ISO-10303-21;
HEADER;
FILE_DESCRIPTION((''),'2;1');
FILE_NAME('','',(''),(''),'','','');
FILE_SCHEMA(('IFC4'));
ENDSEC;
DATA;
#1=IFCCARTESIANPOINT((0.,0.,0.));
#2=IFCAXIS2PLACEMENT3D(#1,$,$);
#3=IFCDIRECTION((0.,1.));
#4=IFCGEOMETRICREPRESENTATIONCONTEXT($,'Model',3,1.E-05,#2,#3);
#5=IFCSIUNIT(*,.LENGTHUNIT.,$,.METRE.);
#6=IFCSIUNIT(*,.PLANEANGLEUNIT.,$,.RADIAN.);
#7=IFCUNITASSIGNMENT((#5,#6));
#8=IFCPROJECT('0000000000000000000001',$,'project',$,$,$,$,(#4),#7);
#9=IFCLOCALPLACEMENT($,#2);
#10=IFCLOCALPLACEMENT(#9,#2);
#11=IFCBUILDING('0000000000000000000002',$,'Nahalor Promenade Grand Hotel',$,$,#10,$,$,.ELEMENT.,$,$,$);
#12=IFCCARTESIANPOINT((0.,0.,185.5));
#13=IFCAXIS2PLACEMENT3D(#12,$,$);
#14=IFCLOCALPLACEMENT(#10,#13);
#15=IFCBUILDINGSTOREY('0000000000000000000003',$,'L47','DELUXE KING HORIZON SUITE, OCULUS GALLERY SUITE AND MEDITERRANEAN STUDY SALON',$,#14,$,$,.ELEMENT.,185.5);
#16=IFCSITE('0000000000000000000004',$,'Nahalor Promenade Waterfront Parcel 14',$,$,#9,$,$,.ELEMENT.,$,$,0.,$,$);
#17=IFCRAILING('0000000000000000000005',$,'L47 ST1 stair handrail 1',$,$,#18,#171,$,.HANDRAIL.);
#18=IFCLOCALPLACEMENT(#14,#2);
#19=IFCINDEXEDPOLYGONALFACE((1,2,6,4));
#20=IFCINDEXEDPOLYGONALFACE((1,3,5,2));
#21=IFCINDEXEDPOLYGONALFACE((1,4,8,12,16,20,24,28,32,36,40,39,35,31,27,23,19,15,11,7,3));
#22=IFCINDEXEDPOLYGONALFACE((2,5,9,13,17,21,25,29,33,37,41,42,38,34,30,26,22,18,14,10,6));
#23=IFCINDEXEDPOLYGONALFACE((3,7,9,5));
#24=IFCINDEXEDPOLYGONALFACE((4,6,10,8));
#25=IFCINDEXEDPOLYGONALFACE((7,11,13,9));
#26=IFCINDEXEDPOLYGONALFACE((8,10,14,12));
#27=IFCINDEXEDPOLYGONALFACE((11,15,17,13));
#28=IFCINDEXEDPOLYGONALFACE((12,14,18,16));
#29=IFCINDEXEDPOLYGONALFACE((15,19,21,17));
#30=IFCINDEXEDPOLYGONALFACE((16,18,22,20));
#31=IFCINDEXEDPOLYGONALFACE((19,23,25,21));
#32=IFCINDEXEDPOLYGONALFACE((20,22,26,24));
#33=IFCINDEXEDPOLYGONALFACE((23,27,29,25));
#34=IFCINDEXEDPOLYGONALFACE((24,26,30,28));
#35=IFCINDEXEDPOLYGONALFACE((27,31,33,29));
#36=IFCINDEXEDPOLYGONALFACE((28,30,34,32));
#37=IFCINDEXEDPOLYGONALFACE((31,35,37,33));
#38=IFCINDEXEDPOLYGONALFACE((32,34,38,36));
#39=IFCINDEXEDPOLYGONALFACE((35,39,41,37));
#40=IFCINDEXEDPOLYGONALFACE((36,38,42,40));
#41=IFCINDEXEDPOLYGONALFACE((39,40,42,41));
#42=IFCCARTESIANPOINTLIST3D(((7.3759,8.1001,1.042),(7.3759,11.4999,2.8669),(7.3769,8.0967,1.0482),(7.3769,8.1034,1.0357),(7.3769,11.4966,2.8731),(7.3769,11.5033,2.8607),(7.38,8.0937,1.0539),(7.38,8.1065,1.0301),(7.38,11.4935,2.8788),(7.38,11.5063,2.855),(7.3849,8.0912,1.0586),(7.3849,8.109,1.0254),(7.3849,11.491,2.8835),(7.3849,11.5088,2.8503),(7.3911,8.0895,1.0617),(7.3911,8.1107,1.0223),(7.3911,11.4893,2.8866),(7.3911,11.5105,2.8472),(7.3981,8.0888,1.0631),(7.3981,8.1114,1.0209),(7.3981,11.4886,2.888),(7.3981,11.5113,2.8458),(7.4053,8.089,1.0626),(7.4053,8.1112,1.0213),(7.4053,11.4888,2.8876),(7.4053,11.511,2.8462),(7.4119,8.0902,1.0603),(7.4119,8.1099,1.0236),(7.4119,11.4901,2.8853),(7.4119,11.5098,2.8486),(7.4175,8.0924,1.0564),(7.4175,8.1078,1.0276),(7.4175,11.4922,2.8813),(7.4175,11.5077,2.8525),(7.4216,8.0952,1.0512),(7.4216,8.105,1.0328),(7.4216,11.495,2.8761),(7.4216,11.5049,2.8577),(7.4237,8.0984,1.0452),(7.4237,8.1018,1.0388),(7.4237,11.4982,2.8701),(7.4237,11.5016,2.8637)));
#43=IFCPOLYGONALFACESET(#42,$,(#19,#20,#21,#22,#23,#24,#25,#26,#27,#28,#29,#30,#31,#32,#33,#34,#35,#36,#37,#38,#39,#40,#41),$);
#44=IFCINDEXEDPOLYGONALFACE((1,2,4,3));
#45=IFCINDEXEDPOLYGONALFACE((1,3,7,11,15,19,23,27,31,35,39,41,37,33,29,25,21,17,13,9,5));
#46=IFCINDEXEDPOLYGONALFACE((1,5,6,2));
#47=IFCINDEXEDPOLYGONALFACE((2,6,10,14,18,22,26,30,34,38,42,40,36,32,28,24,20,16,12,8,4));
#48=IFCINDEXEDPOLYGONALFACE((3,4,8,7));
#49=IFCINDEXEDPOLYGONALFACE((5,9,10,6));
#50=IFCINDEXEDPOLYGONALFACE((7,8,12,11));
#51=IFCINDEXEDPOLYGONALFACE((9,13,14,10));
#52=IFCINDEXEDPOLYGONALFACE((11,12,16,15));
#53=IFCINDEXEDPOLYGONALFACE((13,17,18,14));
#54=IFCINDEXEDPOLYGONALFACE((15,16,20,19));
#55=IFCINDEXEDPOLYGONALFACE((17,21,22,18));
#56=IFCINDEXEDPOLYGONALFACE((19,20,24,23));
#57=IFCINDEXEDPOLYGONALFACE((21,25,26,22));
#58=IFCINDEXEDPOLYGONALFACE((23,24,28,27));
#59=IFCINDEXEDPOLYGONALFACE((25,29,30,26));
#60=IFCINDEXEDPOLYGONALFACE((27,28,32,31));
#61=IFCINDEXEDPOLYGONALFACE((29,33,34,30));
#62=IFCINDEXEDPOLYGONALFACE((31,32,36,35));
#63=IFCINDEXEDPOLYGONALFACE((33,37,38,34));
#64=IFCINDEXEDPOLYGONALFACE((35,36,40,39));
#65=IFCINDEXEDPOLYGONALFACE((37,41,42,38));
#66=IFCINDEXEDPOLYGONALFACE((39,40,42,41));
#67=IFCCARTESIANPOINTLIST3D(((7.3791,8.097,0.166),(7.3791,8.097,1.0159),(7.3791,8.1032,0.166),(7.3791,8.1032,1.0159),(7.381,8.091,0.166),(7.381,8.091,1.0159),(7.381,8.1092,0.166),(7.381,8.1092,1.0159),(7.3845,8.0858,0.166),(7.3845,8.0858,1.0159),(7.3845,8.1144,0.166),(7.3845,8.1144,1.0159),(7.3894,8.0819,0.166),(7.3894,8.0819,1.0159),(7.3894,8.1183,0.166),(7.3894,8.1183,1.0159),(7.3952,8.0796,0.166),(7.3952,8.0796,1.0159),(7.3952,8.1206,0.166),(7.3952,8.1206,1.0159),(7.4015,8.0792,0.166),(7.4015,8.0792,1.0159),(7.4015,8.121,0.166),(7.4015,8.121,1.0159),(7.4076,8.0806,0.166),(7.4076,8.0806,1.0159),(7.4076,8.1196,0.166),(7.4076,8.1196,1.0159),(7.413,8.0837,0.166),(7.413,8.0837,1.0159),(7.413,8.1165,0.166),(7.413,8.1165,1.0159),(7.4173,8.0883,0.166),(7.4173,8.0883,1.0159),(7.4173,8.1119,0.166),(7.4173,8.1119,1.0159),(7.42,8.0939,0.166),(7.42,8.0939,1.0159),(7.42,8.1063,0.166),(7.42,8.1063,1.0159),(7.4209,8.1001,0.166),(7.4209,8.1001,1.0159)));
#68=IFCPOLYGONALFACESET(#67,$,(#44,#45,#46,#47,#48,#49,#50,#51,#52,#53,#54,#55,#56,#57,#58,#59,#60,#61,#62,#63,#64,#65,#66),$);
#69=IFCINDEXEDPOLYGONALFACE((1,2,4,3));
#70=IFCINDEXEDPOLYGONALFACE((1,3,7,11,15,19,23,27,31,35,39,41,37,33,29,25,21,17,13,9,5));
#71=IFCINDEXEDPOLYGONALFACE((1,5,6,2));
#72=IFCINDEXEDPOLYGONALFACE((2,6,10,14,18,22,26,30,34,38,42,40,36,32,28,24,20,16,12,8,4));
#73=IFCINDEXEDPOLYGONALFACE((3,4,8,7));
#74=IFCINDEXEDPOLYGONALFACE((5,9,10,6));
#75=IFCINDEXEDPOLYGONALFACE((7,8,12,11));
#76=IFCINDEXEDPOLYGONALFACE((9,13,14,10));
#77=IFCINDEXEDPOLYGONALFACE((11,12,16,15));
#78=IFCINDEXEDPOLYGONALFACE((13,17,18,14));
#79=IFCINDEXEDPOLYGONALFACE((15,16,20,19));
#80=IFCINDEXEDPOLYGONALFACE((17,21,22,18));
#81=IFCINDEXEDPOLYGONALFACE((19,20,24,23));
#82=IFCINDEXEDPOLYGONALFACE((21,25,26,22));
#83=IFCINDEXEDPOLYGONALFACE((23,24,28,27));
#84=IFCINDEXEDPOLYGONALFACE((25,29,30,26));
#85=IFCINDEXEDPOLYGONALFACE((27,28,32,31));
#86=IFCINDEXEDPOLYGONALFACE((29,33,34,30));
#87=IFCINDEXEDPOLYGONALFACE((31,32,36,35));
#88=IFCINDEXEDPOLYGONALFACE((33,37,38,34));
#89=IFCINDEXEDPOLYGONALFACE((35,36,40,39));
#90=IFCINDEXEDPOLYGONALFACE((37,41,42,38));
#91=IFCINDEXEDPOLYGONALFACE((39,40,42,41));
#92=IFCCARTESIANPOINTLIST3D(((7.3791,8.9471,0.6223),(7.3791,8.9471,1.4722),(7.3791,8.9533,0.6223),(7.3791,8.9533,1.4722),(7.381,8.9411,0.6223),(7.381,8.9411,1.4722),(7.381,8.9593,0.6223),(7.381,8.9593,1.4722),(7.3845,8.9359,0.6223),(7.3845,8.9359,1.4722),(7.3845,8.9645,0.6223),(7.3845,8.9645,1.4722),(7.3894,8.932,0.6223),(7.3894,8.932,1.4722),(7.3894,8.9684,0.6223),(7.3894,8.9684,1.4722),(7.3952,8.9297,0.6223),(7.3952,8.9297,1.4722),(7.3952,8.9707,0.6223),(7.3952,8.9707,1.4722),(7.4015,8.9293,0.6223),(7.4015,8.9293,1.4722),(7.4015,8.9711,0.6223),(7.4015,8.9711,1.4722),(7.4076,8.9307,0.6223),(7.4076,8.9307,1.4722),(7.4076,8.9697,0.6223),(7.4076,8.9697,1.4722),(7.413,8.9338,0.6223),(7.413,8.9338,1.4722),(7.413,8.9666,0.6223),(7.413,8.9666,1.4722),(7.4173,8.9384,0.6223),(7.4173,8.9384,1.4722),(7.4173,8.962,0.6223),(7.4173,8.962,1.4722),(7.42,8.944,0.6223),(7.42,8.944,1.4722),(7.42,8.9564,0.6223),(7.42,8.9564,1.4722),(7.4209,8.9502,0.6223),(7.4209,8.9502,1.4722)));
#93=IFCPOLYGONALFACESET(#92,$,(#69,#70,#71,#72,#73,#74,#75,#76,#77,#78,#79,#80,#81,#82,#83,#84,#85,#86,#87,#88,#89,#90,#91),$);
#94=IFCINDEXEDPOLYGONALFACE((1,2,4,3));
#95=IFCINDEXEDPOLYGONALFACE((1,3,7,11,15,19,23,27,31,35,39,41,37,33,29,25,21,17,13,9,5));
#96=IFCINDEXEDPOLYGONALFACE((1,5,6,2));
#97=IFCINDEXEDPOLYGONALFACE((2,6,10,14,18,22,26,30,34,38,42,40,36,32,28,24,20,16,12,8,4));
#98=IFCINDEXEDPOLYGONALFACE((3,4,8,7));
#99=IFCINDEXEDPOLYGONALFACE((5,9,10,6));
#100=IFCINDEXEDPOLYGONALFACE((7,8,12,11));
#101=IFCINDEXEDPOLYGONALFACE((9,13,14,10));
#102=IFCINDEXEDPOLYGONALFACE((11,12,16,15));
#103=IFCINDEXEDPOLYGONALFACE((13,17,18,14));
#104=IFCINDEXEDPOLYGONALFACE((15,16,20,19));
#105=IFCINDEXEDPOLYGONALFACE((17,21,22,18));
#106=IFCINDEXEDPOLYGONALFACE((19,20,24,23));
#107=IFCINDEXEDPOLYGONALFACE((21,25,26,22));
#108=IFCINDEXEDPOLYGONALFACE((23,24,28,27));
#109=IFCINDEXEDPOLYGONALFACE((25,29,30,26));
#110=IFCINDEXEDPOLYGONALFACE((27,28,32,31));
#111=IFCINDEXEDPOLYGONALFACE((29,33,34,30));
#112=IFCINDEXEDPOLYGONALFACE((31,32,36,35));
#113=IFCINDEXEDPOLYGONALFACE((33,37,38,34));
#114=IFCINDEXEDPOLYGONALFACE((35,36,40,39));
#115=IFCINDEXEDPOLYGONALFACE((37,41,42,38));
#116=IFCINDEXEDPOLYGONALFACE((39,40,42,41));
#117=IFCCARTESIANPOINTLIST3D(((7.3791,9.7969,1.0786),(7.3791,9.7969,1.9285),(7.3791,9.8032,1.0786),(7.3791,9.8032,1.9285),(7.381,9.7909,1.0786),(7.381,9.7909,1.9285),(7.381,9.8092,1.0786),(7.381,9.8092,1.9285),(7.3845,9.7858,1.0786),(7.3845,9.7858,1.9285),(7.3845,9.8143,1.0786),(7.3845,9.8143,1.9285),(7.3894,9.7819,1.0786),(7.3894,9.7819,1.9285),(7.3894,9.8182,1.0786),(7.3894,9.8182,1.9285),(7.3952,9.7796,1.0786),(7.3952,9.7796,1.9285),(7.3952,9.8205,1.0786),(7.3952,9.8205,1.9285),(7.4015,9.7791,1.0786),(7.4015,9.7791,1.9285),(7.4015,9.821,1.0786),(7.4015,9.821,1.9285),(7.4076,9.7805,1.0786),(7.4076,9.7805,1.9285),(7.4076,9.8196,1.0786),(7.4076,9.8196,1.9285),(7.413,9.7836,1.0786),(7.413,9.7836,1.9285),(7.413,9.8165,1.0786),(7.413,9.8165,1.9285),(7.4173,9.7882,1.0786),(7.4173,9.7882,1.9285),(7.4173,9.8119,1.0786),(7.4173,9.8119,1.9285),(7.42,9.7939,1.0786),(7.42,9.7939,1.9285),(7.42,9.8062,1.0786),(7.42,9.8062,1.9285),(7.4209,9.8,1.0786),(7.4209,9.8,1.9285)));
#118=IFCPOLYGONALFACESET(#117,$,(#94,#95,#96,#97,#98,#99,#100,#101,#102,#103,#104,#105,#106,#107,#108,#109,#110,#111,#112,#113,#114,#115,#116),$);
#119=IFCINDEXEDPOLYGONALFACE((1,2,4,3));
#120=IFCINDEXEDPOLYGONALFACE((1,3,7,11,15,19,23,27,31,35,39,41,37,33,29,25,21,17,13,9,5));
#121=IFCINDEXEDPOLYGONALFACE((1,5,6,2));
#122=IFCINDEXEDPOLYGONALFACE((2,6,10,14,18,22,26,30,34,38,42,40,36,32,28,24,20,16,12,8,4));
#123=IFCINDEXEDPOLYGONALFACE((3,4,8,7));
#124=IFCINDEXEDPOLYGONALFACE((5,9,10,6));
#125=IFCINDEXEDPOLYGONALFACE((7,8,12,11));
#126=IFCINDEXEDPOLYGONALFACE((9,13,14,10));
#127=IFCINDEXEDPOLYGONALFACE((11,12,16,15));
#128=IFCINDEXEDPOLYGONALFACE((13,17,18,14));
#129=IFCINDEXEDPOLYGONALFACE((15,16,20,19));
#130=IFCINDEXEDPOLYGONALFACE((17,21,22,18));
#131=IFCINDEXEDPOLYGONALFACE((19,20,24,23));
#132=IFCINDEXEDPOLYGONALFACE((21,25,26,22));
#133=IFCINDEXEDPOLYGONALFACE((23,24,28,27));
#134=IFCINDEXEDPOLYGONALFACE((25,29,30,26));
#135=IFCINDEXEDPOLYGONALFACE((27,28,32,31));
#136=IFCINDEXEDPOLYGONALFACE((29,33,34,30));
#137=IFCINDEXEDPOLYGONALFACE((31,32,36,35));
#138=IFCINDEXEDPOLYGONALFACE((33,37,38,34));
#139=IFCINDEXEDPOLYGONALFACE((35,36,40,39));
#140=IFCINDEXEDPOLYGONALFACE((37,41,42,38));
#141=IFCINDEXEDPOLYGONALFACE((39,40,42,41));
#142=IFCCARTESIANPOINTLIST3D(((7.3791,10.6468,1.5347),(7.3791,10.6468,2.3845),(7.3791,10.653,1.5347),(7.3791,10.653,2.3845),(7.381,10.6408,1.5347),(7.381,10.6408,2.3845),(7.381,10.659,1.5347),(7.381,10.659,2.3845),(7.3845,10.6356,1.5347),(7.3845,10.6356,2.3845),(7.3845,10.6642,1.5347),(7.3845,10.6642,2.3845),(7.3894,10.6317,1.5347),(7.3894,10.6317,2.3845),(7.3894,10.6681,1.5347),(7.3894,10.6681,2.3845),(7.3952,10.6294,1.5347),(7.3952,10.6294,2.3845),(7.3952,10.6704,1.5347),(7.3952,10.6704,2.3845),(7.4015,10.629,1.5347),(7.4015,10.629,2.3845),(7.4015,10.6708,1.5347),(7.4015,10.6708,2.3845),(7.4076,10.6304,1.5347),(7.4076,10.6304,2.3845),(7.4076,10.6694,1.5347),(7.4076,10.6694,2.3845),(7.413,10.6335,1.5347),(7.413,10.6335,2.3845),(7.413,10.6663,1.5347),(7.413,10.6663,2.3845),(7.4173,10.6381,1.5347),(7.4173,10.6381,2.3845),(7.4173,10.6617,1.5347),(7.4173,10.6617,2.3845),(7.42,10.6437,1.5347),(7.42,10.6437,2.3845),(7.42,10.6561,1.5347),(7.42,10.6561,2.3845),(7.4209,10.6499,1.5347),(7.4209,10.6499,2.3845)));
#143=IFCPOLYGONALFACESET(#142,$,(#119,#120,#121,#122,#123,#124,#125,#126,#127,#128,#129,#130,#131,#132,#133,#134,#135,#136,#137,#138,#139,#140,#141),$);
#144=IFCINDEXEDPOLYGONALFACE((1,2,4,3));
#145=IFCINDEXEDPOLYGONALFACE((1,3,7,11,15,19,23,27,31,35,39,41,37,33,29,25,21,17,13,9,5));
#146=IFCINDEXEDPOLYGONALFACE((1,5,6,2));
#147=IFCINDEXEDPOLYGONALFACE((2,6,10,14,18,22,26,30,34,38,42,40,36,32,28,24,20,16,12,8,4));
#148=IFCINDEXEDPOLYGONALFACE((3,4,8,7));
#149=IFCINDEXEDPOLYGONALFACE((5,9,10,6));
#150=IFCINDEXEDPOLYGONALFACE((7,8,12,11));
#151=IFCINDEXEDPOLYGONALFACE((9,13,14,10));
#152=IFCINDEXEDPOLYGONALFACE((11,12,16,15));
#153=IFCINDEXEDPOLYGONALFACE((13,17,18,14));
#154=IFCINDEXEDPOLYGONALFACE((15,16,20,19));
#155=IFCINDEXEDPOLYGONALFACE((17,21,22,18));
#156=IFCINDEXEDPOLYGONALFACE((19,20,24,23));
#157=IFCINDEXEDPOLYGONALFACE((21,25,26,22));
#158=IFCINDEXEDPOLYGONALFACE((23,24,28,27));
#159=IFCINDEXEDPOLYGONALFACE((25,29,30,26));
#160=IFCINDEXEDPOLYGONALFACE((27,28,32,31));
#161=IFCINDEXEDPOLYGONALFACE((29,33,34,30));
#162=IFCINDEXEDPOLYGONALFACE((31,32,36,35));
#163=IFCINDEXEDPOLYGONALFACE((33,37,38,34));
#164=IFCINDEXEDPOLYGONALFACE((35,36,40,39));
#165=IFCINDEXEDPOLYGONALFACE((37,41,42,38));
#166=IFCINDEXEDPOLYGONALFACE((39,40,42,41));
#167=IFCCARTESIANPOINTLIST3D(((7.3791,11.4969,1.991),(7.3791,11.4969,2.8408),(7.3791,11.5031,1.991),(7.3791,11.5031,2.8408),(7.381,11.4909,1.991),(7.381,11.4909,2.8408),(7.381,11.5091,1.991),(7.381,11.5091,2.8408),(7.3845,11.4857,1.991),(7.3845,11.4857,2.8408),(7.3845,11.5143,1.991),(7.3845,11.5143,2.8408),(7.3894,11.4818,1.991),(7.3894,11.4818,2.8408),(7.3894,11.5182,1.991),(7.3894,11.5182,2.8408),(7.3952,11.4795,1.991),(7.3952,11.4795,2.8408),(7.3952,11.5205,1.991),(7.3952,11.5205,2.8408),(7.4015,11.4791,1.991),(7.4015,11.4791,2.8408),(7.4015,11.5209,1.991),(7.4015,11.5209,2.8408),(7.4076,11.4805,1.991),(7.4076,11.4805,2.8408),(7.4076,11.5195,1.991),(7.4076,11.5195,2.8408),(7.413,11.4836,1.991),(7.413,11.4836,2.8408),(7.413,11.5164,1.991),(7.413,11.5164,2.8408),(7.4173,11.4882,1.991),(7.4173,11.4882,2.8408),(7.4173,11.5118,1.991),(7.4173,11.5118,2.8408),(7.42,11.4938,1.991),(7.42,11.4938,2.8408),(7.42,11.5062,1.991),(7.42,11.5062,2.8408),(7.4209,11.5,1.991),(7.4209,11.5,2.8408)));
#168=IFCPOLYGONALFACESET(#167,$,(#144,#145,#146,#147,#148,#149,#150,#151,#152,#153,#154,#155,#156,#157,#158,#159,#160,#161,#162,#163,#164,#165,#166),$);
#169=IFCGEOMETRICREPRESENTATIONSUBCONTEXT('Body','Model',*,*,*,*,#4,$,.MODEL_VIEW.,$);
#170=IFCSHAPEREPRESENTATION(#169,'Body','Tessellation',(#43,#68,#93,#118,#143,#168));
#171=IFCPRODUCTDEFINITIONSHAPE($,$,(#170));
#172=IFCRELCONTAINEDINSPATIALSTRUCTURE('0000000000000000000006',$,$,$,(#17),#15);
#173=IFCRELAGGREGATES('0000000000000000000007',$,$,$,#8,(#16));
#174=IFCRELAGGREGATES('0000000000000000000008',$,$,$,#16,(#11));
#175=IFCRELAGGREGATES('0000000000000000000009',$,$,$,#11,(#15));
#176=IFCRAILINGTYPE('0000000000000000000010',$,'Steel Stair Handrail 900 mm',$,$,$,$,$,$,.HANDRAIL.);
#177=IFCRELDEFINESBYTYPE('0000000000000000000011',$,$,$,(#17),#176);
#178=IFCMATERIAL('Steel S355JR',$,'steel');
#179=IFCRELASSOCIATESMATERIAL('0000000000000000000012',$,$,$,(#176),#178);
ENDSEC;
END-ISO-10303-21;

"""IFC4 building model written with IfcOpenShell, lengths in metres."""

from ifc_helpers import new_model, si_unit, direction, frame, origin, origin_2d, place, context, subcontext, project, spatial, circle, extrude, material, type_object, element, save


model = new_model("IFC4")

# Units and contexts
model_context = context("Model", 3, precision=1e-05, world=origin(), true_north=direction((0.0, 1.0)))
body_context = subcontext(model_context, "Body", "Model", "MODEL_VIEW")
ifc_project = project(units=[si_unit("LENGTHUNIT", "METRE"), si_unit("PLANEANGLEUNIT", "RADIAN")], contexts=[model_context])

# Site, building, storey
site_placement = place(None, origin())
site = spatial("IfcSite", under=ifc_project, at=site_placement, Name="Nahalor Promenade Waterfront Parcel 14", CompositionType="ELEMENT", RefElevation=0.0)
building_placement = place(site_placement, origin())
building = spatial("IfcBuilding", under=site, at=building_placement, Name="Nahalor Promenade Grand Hotel", CompositionType="ELEMENT")
storey_placement = place(building_placement, frame((0.0, 0.0, 185.5)))
storey = spatial("IfcBuildingStorey", under=building, at=storey_placement, Name="L47", Description="DELUXE KING HORIZON SUITE, OCULUS GALLERY SUITE AND MEDITERRANEAN STUDY SALON", CompositionType="ELEMENT", Elevation=185.5)

# Shared definitions
ifc_material_1 = material(Name="Steel S355JR", Category="steel")

# Railing
railing_type_1 = type_object("IfcRailingType", Name="Steel Stair Handrail 900 mm", PredefinedType="HANDRAIL", material=ifc_material_1)
railing_1_placement = place(storey_placement, frame((7.3999, 8.1001, 0.166)))
element("IfcRailing", 1, at=railing_1_placement, inside=storey, type_object=railing_type_1, Name="L47 ST1 stair handrail 1", PredefinedType="HANDRAIL", context=body_context, shape_type="SweptSolid", body=[
    extrude(circle(Radius=0.024, at=origin_2d()), frame((0.0, 0.0, 0.876), z_axis=(0.0, 0.881094, 0.472941), x_axis=(-1.0, 0.0, 0.0)), (0.0, 0.0, 1.0), 3.8586),
    extrude(circle(Radius=0.021, at=origin_2d()), origin(), (0.0, 0.0, 1.0), 0.8499),
    extrude(circle(Radius=0.021, at=origin_2d()), frame((0.0, 0.8501, 0.4563)), (0.0, 0.0, 1.0), 0.8499),
    extrude(circle(Radius=0.021, at=origin_2d()), frame((0.0, 1.7, 0.9126)), (0.0, 0.0, 1.0), 0.8499),
    extrude(circle(Radius=0.021, at=origin_2d()), frame((0.0, 2.5498, 1.3687)), (0.0, 0.0, 1.0), 0.8499),
    extrude(circle(Radius=0.021, at=origin_2d()), frame((0.0, 3.3999, 1.825)), (0.0, 0.0, 1.0), 0.8499),
])

save(model, "model.ifc")
